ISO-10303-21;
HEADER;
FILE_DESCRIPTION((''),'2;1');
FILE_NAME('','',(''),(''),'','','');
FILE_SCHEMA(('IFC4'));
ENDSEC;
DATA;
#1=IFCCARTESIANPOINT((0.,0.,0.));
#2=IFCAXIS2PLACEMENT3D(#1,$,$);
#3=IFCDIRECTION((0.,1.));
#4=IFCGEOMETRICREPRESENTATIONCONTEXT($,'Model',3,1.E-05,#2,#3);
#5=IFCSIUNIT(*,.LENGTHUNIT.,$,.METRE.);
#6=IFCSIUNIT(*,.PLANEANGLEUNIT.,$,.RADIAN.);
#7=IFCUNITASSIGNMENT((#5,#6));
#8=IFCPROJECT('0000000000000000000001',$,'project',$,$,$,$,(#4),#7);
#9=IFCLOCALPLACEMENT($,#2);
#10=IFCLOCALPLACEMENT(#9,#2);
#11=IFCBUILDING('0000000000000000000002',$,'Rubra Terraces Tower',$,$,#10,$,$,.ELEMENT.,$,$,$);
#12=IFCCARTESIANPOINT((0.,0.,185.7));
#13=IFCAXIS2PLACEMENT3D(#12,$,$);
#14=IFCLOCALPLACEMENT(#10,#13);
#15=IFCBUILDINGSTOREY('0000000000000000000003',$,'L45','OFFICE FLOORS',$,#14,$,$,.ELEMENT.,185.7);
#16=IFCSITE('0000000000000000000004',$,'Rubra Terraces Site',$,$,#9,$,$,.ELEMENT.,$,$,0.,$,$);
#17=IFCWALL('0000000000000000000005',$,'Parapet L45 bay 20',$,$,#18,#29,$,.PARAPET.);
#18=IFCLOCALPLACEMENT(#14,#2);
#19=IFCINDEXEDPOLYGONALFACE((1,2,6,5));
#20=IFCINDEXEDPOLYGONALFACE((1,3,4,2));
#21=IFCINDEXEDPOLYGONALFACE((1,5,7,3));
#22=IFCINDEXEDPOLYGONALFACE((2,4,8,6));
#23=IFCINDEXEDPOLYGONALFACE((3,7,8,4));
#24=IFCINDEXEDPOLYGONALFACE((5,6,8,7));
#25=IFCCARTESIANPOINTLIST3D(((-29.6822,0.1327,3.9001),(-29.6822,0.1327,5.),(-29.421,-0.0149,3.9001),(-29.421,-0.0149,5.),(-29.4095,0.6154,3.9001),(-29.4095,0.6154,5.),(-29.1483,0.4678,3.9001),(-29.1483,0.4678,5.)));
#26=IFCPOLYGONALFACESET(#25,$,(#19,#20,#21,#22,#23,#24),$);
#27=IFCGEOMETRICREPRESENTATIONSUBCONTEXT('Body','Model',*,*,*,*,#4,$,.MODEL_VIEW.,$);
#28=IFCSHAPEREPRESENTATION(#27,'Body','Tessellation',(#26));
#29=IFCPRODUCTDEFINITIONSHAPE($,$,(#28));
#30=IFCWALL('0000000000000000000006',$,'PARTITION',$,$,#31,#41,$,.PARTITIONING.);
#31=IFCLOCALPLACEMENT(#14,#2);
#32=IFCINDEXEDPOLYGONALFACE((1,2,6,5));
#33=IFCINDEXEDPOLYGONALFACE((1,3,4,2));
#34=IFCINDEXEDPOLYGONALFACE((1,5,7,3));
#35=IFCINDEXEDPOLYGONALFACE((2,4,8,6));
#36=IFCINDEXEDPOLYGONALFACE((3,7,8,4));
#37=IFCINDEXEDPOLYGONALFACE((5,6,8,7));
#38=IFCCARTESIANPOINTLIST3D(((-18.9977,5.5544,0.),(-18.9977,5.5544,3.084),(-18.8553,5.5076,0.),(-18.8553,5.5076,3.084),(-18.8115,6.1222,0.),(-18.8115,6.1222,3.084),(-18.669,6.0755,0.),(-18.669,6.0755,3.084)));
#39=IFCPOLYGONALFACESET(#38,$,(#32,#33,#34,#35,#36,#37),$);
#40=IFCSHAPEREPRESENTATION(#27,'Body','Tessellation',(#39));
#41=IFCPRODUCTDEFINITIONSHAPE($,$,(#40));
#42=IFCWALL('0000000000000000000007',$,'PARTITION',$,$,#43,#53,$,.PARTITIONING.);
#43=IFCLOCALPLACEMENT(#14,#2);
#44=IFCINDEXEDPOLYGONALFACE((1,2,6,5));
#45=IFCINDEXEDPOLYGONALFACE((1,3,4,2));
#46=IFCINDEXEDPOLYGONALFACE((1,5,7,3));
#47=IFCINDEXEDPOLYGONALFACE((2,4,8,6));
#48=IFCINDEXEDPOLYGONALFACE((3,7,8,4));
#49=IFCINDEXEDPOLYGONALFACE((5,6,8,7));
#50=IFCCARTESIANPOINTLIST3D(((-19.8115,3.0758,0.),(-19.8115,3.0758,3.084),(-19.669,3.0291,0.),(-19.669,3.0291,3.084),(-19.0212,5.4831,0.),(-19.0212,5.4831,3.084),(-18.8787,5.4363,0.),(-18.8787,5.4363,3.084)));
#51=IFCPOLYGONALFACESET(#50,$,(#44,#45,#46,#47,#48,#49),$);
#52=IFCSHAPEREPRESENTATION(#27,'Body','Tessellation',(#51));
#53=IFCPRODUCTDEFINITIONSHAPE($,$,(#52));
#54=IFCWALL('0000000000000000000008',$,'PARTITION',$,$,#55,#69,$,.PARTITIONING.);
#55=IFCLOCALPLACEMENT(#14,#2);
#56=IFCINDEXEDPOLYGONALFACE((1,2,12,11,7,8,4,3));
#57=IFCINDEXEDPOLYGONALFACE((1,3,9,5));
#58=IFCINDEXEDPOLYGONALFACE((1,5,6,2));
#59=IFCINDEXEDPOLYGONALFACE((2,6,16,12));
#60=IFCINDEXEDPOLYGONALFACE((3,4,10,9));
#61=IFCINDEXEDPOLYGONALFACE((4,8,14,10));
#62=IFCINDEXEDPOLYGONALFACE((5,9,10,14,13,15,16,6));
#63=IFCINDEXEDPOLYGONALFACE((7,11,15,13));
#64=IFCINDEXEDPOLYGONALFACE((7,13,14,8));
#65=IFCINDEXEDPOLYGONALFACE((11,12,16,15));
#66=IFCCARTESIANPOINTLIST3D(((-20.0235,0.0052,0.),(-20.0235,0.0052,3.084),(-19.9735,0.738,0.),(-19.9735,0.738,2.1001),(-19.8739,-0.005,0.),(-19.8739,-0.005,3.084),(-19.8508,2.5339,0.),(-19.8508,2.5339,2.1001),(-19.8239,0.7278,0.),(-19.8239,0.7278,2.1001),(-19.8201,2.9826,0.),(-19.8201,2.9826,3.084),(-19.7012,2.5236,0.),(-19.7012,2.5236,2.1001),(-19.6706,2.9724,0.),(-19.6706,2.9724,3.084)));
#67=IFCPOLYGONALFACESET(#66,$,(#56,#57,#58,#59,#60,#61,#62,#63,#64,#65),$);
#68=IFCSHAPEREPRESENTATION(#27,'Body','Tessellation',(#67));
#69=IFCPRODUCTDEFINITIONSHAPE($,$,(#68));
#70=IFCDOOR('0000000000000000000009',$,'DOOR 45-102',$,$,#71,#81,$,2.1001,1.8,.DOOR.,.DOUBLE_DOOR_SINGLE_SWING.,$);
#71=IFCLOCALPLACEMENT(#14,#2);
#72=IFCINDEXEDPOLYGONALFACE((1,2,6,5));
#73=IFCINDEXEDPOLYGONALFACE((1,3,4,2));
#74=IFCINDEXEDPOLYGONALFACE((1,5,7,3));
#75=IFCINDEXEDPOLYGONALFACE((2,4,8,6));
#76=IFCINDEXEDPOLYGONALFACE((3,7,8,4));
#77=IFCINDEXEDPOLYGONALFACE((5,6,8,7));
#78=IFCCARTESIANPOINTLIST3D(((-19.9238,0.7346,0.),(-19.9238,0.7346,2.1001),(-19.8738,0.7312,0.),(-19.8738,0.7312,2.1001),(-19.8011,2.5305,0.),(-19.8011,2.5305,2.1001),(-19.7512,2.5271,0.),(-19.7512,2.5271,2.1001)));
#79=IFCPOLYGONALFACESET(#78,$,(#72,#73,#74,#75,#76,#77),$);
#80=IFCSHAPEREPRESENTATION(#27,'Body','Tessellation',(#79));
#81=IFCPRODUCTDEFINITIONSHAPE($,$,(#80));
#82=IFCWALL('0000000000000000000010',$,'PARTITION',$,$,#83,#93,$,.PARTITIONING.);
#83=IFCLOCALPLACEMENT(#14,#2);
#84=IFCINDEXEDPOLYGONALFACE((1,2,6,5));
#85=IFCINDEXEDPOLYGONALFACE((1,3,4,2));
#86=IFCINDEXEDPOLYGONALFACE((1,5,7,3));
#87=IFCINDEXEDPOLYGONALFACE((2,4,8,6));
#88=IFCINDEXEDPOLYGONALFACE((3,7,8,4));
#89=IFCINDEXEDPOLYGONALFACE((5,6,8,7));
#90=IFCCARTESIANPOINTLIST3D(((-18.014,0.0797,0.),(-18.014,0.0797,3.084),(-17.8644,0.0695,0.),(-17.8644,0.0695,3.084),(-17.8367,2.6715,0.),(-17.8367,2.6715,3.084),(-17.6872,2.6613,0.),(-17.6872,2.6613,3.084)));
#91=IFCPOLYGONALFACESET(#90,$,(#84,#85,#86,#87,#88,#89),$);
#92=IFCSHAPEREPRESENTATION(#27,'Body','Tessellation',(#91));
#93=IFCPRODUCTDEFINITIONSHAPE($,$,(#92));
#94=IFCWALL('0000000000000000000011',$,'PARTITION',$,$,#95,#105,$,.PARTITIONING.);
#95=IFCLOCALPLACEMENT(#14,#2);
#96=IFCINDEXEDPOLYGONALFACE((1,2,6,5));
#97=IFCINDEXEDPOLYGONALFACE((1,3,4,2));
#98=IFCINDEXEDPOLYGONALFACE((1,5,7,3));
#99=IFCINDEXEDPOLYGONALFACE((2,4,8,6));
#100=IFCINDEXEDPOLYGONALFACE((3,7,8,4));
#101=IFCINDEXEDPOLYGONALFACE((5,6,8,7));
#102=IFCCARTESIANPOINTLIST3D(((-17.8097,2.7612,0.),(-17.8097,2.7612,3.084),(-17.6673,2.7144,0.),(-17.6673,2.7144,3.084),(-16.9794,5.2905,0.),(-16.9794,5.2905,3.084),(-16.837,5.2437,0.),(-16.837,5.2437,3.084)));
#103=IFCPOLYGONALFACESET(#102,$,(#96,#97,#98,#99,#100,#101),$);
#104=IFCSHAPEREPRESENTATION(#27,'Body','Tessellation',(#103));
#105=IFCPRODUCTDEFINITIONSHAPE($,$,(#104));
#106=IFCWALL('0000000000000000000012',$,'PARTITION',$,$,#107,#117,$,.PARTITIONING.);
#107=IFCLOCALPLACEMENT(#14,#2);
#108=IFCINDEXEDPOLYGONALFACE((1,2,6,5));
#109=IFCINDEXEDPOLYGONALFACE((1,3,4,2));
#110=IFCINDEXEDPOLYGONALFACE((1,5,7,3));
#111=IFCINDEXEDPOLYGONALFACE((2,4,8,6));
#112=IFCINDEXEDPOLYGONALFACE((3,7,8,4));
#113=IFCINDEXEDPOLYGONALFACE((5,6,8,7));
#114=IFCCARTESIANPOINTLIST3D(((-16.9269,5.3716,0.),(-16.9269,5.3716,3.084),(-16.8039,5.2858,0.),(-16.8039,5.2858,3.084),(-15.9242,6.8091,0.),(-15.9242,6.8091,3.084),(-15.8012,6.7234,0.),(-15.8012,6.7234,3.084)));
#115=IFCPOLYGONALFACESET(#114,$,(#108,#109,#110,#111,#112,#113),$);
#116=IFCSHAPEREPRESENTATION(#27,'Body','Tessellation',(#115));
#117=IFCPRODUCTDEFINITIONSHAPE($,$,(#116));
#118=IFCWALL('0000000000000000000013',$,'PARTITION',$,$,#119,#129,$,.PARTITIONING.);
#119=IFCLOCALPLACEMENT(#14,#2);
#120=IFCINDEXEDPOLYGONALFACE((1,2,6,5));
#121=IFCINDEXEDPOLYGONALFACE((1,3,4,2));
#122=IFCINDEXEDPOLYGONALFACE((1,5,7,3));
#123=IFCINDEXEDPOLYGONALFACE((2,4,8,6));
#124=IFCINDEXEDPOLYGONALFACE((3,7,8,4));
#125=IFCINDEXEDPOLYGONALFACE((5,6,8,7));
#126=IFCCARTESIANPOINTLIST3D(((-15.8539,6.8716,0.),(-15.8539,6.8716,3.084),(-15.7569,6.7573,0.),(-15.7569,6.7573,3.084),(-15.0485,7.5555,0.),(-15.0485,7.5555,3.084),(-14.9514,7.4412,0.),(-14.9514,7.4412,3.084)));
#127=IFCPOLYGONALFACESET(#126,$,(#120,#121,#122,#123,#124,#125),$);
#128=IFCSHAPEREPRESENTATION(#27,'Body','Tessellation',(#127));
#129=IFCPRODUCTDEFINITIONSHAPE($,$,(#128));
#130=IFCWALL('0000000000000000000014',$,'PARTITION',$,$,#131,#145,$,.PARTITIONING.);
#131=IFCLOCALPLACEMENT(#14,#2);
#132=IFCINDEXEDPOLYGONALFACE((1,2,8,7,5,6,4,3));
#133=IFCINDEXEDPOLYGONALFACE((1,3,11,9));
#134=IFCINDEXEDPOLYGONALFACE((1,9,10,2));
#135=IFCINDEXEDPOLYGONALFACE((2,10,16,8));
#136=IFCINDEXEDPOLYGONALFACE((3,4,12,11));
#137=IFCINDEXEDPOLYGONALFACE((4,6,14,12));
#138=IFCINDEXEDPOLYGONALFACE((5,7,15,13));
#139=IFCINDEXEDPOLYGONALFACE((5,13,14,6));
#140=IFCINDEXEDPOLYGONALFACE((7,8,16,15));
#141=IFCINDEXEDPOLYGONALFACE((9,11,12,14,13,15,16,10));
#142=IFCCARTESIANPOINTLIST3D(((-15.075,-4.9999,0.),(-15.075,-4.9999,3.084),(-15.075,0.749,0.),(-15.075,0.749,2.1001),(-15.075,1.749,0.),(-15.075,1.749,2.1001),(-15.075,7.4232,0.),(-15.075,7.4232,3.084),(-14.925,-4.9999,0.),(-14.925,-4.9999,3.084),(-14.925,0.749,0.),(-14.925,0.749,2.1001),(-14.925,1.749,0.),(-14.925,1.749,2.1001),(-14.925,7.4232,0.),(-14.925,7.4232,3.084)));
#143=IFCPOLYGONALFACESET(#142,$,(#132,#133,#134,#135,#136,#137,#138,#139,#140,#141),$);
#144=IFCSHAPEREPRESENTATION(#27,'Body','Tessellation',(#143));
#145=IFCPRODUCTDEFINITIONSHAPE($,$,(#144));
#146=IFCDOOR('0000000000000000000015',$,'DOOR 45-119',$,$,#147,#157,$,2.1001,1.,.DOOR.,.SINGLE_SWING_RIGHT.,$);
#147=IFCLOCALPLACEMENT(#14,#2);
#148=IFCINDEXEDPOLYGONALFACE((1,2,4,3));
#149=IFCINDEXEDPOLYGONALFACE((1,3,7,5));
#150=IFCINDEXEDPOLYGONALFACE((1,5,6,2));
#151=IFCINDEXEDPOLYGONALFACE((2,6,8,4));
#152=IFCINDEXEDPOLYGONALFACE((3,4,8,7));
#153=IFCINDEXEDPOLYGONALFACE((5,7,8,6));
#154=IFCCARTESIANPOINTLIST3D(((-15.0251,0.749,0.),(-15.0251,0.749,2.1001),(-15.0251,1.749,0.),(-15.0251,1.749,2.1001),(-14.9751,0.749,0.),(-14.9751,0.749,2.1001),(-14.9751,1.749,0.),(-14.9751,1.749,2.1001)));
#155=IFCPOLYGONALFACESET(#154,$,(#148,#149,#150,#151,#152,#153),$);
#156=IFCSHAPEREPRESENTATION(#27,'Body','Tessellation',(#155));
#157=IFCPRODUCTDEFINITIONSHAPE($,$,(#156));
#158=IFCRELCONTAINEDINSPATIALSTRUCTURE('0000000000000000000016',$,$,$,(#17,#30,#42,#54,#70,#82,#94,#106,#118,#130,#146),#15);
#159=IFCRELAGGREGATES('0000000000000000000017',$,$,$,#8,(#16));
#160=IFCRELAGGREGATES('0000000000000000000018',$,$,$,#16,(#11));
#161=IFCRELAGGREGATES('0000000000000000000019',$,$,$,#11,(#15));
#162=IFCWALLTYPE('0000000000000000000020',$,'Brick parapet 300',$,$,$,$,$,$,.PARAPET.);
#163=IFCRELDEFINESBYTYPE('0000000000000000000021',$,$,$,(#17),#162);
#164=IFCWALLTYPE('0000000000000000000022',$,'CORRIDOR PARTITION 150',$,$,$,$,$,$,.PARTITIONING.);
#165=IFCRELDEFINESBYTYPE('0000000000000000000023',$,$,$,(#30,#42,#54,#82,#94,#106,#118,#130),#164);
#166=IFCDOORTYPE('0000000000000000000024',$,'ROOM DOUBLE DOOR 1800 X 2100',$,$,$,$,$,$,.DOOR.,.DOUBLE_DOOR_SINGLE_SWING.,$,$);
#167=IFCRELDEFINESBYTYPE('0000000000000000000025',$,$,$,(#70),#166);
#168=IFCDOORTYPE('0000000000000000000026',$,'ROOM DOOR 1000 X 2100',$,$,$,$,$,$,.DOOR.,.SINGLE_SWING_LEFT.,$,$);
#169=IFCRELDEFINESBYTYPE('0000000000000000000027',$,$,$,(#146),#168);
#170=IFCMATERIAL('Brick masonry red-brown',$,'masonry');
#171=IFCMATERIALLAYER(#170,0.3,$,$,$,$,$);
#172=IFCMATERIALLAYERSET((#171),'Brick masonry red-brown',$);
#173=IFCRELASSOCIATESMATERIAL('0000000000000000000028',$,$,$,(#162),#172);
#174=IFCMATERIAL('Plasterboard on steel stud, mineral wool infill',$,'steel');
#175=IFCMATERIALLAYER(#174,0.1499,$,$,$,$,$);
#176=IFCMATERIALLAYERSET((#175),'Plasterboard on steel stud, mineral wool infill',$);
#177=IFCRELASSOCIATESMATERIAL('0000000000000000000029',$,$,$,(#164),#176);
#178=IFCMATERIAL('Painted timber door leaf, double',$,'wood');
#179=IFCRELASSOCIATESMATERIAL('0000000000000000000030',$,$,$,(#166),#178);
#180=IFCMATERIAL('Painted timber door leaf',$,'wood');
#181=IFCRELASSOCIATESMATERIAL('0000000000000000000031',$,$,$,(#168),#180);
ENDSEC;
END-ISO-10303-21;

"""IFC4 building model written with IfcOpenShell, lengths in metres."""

from ifc_helpers import new_model, si_unit, direction, frame, frame_2d, origin, place, context, subcontext, project, spatial, rectangle, extrude, material, layer, layer_set, type_object, element, fill, save


model = new_model("IFC4")

# Units and contexts
model_context = context("Model", 3, precision=1e-05, world=origin(), true_north=direction((0.0, 1.0)))
body_context = subcontext(model_context, "Body", "Model", "MODEL_VIEW")
ifc_project = project(units=[si_unit("LENGTHUNIT", "METRE"), si_unit("PLANEANGLEUNIT", "RADIAN")], contexts=[model_context])

# Site, building, storey
site_placement = place(None, origin())
site = spatial("IfcSite", under=ifc_project, at=site_placement, Name="Rubra Terraces Site", CompositionType="ELEMENT", RefElevation=0.0)
building_placement = place(site_placement, origin())
building = spatial("IfcBuilding", under=site, at=building_placement, Name="Rubra Terraces Tower", CompositionType="ELEMENT")
storey_placement = place(building_placement, frame((0.0, 0.0, 185.7)))
storey = spatial("IfcBuildingStorey", under=building, at=storey_placement, Name="L45", Description="OFFICE FLOORS", CompositionType="ELEMENT", Elevation=185.7)

# Shared definitions
ifc_material_1 = material(Name="Brick masonry red-brown", Category="masonry")

# Walls
ifc_layer_1 = layer(ifc_material_1, 0.3)
ifc_layer_set_1 = layer_set([ifc_layer_1], Name="Brick masonry red-brown")
wall_type_1 = type_object("IfcWallType", Name="Brick parapet 300", PredefinedType="PARAPET", material=ifc_layer_set_1)
wall_1_placement = place(storey_placement, frame((-29.2788, 0.5417, 3.9001), z_axis=(0.0, 0.0, 1.0), x_axis=(-0.491912, -0.870645, 0.0)))
element("IfcWall", 1, at=wall_1_placement, inside=storey, type_object=wall_type_1, Name="Parapet L45 bay 20", PredefinedType="PARAPET", context=body_context, shape_type="SweptSolid", body=[
    extrude(rectangle(XDim=0.5544, YDim=0.3, at=frame_2d((0.2773, 0.0))), origin(), (0.0, 0.0, 1.0), 1.0999),
])
ifc_material_2 = material(Name="Plasterboard on steel stud, mineral wool infill", Category="steel")
ifc_layer_2 = layer(ifc_material_2, 0.1499)
ifc_layer_set_2 = layer_set([ifc_layer_2], Name="Plasterboard on steel stud, mineral wool infill")
wall_type_2 = type_object("IfcWallType", Name="CORRIDOR PARTITION 150", PredefinedType="PARTITIONING", material=ifc_layer_set_2)
wall_2_placement = place(storey_placement, frame((-18.7402, 6.0989, 0.0), z_axis=(0.0, 0.0, 1.0), x_axis=(-0.31169, -0.950184, 0.0)))
element("IfcWall", 2, at=wall_2_placement, inside=storey, type_object=wall_type_2, Name="PARTITION", PredefinedType="PARTITIONING", context=body_context, shape_type="SweptSolid", body=[
    extrude(rectangle(XDim=0.5977, YDim=0.1499, at=frame_2d((0.2988, 0.0))), origin(), (0.0, 0.0, 1.0), 3.084),
])
wall_3_placement = place(storey_placement, frame((-18.95, 5.4597, 0.0), z_axis=(0.0, 0.0, 1.0), x_axis=(-0.311917, -0.950109, 0.0)))
element("IfcWall", 3, at=wall_3_placement, inside=storey, type_object=wall_type_2, Name="PARTITION", PredefinedType="PARTITIONING", context=body_context, shape_type="SweptSolid", body=[
    extrude(rectangle(XDim=2.5337, YDim=0.1499, at=frame_2d((1.2668, 0.0))), origin(), (0.0, 0.0, 1.0), 3.084),
])

# Wall, opening, door
wall_4_placement = place(storey_placement, frame((-19.7454, 2.9775, 0.0), z_axis=(0.0, 0.0, 1.0), x_axis=(-0.068142, -0.997676, 0.0)))
wall_4 = element("IfcWall", 4, at=wall_4_placement, inside=storey, type_object=wall_type_2, Name="PARTITION", PredefinedType="PARTITIONING", context=body_context, shape_type="SweptSolid", body=[
    extrude(rectangle(XDim=2.9844, YDim=0.1499, at=frame_2d((1.4922, 0.0))), origin(), (0.0, 0.0, 1.0), 3.084),
])
opening_1_placement = place(wall_4_placement, frame((0.45, 0.0, 0.0)))
opening_1 = element("IfcOpeningElement", 5, at=opening_1_placement, cuts=wall_4, PredefinedType="OPENING", context=body_context, shape_type="SweptSolid", body=[
    extrude(rectangle(XDim=1.8, YDim=2.1001, at=frame_2d((0.8999, 1.05))), frame((0.0, 0.085, 0.0), z_axis=(0.0, -1.0, 0.0), x_axis=(1.0, 0.0, 0.0)), (0.0, 0.0, 1.0), 0.1699),
])
ifc_material_3 = material(Name="Painted timber door leaf, double", Category="wood")
door_type_1 = type_object("IfcDoorType", Name="ROOM DOUBLE DOOR 1800 X 2100", OperationType="DOUBLE_DOOR_SINGLE_SWING", PredefinedType="DOOR", material=ifc_material_3)
door_1_placement = place(opening_1_placement, origin())
door_1 = element("IfcDoor", 6, at=door_1_placement, inside=storey, type_object=door_type_1, Name="DOOR 45-102", OperationType="DOUBLE_DOOR_SINGLE_SWING", OverallHeight=2.1001, OverallWidth=1.8, PredefinedType="DOOR", context=body_context, shape_type="SweptSolid", body=[
    extrude(rectangle(XDim=1.8, YDim=2.1001, at=frame_2d((0.8999, 1.05))), frame((0.0, 0.0249, 0.0), z_axis=(0.0, -1.0, 0.0), x_axis=(1.0, 0.0, 0.0)), (0.0, 0.0, 1.0), 0.05),
])
fill(opening_1, door_1)

# Walls
wall_5_placement = place(storey_placement, frame((-17.9392, 0.0747, 0.0), z_axis=(0.0, 0.0, 1.0), x_axis=(0.068228, 0.99767, 0.0)))
element("IfcWall", 7, at=wall_5_placement, inside=storey, type_object=wall_type_2, Name="PARTITION", PredefinedType="PARTITIONING", context=body_context, shape_type="SweptSolid", body=[
    extrude(rectangle(XDim=2.5979, YDim=0.1499, at=frame_2d((1.2988, 0.0))), origin(), (0.0, 0.0, 1.0), 3.084),
])
wall_6_placement = place(storey_placement, frame((-17.7385, 2.7378, 0.0), z_axis=(0.0, 0.0, 1.0), x_axis=(0.311905, 0.950113, 0.0)))
element("IfcWall", 8, at=wall_6_placement, inside=storey, type_object=wall_type_2, Name="PARTITION", PredefinedType="PARTITIONING", context=body_context, shape_type="SweptSolid", body=[
    extrude(rectangle(XDim=2.6621, YDim=0.1499, at=frame_2d((1.3311, 0.0))), origin(), (0.0, 0.0, 1.0), 3.084),
])
wall_7_placement = place(storey_placement, frame((-16.8655, 5.3286, 0.0), z_axis=(0.0, 0.0, 1.0), x_axis=(0.572097, 0.820186, 0.0)))
element("IfcWall", 9, at=wall_7_placement, inside=storey, type_object=wall_type_2, Name="PARTITION", PredefinedType="PARTITIONING", context=body_context, shape_type="SweptSolid", body=[
    extrude(rectangle(XDim=1.7527, YDim=0.1499, at=frame_2d((0.8765, 0.0))), origin(), (0.0, 0.0, 1.0), 3.084),
])
wall_8_placement = place(storey_placement, frame((-15.8054, 6.8145, 0.0), z_axis=(0.0, 0.0, 1.0), x_axis=(0.762298, 0.647226, 0.0)))
element("IfcWall", 10, at=wall_8_placement, inside=storey, type_object=wall_type_2, Name="PARTITION", PredefinedType="PARTITIONING", context=body_context, shape_type="SweptSolid", body=[
    extrude(rectangle(XDim=1.0566, YDim=0.1499, at=frame_2d((0.5283, 0.0))), origin(), (0.0, 0.0, 1.0), 3.084),
])

# Wall, opening, door
wall_9_placement = place(storey_placement, frame((-15.0, 7.4231, 0.0), z_axis=(0.0, 0.0, 1.0), x_axis=(0.0, -1.0, 0.0)))
wall_9 = element("IfcWall", 11, at=wall_9_placement, inside=storey, type_object=wall_type_2, Name="PARTITION", PredefinedType="PARTITIONING", context=body_context, shape_type="SweptSolid", body=[
    extrude(rectangle(XDim=12.4231, YDim=0.1499, at=frame_2d((6.2114, 0.0))), origin(), (0.0, 0.0, 1.0), 3.084),
])
opening_2_placement = place(wall_9_placement, frame((5.6741, 0.0, 0.0)))
opening_2 = element("IfcOpeningElement", 12, at=opening_2_placement, cuts=wall_9, PredefinedType="OPENING", context=body_context, shape_type="SweptSolid", body=[
    extrude(rectangle(XDim=1.0, YDim=2.1001, at=frame_2d((0.5, 1.05))), frame((0.0, 0.085, 0.0), z_axis=(0.0, -1.0, 0.0), x_axis=(1.0, 0.0, 0.0)), (0.0, 0.0, 1.0), 0.1699),
])
ifc_material_4 = material(Name="Painted timber door leaf", Category="wood")
door_type_2 = type_object("IfcDoorType", Name="ROOM DOOR 1000 X 2100", OperationType="SINGLE_SWING_LEFT", PredefinedType="DOOR", material=ifc_material_4)
door_2_placement = place(opening_2_placement, origin())
door_2 = element("IfcDoor", 13, at=door_2_placement, inside=storey, type_object=door_type_2, Name="DOOR 45-119", OperationType="SINGLE_SWING_RIGHT", OverallHeight=2.1001, OverallWidth=1.0, PredefinedType="DOOR", context=body_context, shape_type="SweptSolid", body=[
    extrude(rectangle(XDim=1.0, YDim=2.1001, at=frame_2d((0.5, 1.05))), frame((0.0, 0.0249, 0.0), z_axis=(0.0, -1.0, 0.0), x_axis=(1.0, 0.0, 0.0)), (0.0, 0.0, 1.0), 0.05),
])
fill(opening_2, door_2)

save(model, "model.ifc")
